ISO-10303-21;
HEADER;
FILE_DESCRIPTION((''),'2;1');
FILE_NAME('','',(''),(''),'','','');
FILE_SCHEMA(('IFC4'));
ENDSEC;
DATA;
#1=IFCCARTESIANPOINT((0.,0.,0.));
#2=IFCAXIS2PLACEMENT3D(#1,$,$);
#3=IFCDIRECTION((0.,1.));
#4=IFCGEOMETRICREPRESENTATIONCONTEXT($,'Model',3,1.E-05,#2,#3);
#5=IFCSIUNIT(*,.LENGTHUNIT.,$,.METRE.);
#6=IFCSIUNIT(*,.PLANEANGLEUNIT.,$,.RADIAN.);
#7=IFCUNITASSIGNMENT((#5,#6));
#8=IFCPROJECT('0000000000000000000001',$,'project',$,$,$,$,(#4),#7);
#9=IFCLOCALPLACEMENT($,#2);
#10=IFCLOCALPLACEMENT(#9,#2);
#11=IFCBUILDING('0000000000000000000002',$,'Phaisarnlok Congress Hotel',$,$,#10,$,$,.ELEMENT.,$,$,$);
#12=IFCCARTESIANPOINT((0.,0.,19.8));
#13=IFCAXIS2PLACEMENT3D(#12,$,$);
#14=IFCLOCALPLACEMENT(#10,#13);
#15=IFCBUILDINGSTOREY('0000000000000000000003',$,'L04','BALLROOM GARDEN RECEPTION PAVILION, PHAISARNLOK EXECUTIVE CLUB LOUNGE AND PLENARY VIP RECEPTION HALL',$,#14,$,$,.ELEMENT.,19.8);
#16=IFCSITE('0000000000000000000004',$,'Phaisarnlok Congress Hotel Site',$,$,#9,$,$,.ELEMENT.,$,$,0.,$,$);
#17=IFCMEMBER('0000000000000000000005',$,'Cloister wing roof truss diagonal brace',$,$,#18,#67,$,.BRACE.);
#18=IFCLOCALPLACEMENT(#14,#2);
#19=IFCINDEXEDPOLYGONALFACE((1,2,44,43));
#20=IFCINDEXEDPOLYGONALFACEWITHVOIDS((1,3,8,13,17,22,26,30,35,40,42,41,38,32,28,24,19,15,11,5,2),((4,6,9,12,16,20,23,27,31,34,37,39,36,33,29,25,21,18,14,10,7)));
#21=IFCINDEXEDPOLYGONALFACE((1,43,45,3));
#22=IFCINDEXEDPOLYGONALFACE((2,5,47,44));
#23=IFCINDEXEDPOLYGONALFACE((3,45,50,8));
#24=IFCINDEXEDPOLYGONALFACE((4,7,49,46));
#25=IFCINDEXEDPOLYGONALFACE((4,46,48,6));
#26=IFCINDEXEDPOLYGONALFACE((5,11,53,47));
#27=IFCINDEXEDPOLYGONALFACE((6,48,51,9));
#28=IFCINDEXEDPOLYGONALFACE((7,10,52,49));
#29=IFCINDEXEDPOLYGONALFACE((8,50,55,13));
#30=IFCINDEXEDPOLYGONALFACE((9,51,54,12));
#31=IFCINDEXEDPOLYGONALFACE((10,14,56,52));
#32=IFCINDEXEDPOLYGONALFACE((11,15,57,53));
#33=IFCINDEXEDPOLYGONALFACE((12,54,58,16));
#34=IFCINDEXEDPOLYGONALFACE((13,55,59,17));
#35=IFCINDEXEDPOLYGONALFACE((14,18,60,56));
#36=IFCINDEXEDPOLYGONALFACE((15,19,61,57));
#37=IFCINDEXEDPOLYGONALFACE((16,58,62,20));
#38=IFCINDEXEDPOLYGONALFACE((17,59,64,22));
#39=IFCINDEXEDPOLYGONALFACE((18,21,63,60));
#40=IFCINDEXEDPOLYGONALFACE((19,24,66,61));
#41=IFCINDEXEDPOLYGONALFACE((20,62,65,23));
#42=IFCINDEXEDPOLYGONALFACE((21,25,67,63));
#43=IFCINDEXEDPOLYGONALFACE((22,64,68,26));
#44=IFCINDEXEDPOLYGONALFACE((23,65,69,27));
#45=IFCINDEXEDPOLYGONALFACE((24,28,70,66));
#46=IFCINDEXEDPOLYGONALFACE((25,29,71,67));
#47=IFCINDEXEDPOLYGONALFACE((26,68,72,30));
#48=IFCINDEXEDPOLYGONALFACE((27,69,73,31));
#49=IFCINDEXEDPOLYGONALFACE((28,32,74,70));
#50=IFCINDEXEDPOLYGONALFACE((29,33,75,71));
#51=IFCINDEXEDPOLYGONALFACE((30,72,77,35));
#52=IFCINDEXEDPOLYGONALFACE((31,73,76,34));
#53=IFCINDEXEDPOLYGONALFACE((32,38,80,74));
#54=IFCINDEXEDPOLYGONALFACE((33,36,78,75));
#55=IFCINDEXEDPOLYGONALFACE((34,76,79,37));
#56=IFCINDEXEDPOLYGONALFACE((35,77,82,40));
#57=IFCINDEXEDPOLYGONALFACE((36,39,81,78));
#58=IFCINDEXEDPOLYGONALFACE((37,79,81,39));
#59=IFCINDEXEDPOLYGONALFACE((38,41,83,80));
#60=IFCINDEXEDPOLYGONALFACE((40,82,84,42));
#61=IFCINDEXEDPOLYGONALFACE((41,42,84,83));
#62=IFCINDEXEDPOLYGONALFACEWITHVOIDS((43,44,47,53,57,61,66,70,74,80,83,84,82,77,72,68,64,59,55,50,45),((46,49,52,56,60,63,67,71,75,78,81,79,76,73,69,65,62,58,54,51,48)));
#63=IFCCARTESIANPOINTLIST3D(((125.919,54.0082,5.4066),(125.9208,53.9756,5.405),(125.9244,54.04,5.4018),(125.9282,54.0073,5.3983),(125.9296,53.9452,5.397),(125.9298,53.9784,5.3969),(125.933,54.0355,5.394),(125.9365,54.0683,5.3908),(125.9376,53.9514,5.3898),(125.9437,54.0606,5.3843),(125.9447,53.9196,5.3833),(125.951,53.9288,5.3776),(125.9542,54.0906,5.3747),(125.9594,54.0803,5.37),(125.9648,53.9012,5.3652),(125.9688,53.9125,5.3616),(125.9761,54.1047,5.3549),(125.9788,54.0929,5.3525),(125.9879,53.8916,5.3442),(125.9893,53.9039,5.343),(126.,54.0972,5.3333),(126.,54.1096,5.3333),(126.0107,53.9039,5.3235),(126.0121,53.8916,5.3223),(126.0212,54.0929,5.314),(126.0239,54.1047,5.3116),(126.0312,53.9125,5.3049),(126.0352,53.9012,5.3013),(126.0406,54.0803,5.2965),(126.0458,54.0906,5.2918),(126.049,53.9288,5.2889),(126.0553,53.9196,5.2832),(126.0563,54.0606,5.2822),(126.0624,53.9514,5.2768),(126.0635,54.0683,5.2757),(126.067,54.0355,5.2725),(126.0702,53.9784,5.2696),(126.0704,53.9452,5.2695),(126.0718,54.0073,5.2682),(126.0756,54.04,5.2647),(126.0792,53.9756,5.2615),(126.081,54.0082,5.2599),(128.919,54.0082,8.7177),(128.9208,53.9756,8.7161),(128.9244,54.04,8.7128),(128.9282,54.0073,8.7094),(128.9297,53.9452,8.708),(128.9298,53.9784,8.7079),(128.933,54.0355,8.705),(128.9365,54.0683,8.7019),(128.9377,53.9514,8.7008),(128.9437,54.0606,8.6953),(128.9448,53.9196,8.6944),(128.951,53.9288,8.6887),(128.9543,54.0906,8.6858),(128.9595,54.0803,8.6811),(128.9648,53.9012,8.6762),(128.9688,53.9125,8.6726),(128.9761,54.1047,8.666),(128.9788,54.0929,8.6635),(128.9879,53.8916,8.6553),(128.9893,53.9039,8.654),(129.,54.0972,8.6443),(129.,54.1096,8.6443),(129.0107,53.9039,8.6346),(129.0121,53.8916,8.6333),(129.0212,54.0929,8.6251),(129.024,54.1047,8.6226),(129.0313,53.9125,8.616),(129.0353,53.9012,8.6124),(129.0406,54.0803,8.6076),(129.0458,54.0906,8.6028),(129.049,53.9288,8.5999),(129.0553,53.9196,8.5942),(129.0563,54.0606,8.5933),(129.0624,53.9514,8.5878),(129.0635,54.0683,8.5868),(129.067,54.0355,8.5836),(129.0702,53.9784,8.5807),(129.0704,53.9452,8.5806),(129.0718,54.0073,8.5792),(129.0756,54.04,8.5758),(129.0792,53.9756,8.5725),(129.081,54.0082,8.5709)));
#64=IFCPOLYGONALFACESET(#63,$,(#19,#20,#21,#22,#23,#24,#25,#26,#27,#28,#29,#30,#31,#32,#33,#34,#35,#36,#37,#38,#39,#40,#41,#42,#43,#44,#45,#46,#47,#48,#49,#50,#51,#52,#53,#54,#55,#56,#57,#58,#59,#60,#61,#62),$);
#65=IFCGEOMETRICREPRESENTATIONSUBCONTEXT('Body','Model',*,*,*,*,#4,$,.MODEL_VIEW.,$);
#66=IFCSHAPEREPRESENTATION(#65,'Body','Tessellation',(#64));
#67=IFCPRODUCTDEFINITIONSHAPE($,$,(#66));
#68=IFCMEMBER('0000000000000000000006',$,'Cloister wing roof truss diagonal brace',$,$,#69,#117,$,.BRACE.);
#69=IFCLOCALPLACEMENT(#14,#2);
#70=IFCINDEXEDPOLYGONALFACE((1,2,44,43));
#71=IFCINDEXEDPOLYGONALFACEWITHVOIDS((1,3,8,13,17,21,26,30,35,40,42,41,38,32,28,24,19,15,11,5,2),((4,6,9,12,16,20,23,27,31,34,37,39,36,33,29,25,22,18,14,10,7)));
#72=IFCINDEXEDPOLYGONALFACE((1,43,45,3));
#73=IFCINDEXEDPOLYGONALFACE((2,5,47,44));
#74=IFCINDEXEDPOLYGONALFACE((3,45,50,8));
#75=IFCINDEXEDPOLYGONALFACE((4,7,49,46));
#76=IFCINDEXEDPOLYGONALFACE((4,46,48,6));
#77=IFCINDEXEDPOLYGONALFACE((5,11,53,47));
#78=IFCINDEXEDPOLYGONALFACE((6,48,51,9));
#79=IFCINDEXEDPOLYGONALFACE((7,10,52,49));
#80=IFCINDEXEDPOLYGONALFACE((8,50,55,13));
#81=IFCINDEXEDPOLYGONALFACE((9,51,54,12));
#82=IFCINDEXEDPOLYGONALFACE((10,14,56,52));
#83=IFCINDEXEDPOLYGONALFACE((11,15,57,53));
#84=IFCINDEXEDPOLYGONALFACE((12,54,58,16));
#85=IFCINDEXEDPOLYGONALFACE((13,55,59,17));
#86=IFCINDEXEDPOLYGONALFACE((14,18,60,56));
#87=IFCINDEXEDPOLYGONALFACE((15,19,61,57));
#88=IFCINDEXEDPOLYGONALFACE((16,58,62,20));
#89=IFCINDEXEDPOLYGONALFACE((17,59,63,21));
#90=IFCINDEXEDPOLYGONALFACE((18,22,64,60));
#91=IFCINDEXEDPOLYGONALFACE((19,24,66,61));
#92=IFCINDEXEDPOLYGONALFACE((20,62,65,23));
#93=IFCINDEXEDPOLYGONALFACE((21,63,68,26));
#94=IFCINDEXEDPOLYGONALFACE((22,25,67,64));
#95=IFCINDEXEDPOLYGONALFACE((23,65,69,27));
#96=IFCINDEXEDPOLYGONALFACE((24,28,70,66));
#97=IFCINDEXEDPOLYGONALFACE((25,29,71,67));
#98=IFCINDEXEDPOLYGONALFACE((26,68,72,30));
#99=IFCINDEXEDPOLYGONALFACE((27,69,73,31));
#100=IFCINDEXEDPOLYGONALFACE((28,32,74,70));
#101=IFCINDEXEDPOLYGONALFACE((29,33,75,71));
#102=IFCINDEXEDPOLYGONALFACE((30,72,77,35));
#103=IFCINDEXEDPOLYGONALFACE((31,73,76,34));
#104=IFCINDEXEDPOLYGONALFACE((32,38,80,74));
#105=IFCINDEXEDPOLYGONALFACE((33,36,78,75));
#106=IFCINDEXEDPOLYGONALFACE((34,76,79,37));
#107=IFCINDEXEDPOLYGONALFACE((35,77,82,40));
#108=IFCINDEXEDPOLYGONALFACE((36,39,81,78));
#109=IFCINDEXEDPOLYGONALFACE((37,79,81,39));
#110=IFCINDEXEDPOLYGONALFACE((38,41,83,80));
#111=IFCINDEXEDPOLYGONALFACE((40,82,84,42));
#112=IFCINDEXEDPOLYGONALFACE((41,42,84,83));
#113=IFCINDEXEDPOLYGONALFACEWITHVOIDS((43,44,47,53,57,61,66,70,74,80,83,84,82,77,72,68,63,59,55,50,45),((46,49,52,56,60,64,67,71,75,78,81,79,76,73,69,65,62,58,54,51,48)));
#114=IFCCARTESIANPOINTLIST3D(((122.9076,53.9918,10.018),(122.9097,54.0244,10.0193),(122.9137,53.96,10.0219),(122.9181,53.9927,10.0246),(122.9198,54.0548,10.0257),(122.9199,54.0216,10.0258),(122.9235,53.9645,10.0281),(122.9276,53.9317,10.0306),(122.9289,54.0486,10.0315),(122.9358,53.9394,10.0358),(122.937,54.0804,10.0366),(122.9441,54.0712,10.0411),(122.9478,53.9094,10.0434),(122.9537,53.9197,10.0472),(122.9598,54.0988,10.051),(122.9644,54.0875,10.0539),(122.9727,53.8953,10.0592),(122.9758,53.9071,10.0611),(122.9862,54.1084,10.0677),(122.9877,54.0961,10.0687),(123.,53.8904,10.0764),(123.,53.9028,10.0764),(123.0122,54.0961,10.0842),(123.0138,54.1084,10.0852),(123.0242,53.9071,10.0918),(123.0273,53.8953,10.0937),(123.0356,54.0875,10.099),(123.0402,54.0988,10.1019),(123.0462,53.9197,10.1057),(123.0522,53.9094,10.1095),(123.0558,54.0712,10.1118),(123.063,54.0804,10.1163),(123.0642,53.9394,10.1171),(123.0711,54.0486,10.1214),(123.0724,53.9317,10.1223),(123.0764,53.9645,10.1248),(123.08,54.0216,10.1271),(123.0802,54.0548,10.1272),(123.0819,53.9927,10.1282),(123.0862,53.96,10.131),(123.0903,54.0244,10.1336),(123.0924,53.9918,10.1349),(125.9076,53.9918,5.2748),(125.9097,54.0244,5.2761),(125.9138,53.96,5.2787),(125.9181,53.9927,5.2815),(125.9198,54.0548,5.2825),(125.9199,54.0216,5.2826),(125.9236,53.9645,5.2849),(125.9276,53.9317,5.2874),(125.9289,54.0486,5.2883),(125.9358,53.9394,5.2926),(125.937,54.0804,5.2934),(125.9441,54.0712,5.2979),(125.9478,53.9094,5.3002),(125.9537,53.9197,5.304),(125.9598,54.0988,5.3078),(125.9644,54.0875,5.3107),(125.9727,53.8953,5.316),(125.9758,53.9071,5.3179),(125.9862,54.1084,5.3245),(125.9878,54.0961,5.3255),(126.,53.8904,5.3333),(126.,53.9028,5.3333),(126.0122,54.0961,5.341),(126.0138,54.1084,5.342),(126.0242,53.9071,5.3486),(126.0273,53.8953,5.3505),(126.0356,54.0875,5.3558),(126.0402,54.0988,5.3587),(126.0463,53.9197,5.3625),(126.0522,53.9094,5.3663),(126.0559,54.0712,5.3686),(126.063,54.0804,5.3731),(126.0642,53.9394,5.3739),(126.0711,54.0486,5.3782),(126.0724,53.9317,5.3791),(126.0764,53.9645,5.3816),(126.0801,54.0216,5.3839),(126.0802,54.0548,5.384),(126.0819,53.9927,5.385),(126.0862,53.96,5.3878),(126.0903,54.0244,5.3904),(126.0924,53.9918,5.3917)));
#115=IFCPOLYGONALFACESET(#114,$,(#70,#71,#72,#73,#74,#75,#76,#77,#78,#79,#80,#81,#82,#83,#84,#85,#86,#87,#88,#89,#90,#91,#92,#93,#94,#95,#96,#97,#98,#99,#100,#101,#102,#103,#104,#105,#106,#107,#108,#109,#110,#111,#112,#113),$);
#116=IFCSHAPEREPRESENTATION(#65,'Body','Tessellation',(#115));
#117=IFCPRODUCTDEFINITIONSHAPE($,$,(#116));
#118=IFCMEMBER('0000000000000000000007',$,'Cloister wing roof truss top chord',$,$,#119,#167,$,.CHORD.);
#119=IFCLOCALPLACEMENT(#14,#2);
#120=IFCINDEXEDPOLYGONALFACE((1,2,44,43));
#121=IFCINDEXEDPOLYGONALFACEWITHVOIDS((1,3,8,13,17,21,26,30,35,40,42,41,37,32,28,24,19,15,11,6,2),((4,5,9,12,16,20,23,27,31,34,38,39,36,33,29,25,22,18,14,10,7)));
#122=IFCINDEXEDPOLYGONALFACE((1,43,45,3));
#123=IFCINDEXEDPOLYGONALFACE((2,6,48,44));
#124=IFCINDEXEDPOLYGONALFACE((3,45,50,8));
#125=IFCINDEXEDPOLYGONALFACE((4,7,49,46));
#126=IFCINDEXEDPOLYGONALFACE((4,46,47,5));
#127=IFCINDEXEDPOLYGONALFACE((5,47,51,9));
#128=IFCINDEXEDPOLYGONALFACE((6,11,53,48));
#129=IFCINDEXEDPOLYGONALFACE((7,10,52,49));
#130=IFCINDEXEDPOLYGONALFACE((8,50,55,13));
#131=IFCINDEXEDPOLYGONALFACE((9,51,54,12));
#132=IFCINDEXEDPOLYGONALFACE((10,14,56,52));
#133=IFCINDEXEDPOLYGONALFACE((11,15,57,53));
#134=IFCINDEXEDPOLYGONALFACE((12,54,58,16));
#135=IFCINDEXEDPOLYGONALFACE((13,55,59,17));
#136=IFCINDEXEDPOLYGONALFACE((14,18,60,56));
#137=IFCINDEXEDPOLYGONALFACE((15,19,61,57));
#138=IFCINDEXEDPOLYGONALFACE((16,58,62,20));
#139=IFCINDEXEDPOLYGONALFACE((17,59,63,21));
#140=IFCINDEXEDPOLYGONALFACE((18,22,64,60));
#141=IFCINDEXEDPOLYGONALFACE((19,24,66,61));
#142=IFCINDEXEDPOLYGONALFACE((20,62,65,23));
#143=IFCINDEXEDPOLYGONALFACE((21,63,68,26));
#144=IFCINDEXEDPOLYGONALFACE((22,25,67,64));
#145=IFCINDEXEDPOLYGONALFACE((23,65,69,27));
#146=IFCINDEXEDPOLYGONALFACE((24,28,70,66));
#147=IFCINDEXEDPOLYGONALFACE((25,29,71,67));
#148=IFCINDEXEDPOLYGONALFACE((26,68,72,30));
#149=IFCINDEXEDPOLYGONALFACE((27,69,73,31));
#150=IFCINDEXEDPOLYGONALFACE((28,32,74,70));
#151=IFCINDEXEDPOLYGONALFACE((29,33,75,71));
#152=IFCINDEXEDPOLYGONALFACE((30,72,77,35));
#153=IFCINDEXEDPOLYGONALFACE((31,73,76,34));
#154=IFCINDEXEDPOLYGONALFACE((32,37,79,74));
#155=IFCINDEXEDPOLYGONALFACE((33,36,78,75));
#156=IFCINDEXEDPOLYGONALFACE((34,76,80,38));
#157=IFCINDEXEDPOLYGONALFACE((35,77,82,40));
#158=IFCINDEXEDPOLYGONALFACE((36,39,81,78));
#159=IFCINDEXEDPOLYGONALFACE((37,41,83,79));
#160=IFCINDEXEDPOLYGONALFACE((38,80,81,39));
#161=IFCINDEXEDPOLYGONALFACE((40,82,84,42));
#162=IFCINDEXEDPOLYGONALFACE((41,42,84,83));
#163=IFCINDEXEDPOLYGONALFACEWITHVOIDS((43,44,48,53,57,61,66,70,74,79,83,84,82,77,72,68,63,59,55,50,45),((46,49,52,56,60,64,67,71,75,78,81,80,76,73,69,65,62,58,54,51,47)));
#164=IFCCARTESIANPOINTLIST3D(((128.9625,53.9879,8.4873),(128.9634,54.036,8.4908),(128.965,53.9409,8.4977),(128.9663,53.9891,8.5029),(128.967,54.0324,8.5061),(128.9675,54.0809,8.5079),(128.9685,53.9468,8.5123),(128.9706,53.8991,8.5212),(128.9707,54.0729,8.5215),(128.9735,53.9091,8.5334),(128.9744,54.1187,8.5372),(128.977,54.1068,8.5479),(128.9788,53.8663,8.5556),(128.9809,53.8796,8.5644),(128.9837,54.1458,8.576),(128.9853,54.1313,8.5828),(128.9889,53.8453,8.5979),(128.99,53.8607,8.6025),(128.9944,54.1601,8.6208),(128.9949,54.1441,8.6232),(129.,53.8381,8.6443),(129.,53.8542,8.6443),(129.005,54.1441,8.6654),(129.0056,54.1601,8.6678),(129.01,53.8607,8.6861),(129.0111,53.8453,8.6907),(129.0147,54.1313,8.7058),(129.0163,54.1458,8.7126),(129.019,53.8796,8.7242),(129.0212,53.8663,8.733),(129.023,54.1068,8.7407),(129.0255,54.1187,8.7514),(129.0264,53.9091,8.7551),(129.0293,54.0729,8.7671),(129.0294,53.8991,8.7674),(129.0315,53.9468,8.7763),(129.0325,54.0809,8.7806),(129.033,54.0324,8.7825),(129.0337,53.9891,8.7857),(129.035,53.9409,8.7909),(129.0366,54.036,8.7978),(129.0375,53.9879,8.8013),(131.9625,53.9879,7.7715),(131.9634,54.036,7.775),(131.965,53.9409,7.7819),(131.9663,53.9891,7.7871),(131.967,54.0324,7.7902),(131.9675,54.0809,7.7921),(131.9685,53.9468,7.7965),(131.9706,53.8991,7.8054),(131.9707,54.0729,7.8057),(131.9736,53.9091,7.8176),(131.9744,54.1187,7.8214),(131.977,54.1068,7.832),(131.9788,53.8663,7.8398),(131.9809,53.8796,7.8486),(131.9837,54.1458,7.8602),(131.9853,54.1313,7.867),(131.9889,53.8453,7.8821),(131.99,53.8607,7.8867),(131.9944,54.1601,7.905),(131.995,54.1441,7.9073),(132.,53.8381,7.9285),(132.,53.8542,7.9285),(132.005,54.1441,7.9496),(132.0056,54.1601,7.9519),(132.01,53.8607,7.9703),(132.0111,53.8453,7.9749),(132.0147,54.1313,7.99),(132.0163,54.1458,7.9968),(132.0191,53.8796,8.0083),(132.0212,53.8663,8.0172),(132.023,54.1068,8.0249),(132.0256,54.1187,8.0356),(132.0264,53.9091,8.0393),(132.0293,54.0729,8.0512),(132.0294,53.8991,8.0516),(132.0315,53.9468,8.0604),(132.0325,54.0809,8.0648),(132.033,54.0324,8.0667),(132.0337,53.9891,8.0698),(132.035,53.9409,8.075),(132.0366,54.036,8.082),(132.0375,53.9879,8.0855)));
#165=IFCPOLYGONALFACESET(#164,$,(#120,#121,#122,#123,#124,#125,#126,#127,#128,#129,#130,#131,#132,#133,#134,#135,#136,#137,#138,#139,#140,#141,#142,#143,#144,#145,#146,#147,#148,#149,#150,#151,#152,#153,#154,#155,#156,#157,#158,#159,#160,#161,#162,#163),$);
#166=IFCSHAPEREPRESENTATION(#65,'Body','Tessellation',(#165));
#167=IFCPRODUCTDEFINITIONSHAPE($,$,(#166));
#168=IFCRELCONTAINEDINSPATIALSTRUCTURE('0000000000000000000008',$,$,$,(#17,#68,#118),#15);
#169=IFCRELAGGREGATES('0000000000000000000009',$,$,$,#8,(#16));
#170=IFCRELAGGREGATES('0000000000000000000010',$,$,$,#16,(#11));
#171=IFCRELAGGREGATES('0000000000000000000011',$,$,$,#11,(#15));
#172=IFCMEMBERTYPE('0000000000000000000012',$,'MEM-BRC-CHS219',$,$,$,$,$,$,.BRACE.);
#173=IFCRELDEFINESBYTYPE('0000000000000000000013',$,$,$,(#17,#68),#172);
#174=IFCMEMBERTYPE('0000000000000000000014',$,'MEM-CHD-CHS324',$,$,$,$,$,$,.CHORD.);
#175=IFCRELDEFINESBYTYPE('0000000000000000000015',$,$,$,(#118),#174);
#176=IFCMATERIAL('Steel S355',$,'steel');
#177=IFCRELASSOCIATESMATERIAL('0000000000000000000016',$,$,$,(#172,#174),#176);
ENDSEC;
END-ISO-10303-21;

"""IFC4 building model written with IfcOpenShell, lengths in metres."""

from ifc_helpers import new_model, si_unit, direction, frame, origin, origin_2d, place, context, subcontext, project, spatial, hollow_circle, extrude, material, material_profile, profile_set, type_object, element, save


model = new_model("IFC4")

# Units and contexts
model_context = context("Model", 3, precision=1e-05, world=origin(), true_north=direction((0.0, 1.0)))
body_context = subcontext(model_context, "Body", "Model", "MODEL_VIEW")
ifc_project = project(units=[si_unit("LENGTHUNIT", "METRE"), si_unit("PLANEANGLEUNIT", "RADIAN")], contexts=[model_context])

# Site, building, storey
site_placement = place(None, origin())
site = spatial("IfcSite", under=ifc_project, at=site_placement, Name="Phaisarnlok Congress Hotel Site", CompositionType="ELEMENT", RefElevation=0.0)
building_placement = place(site_placement, origin())
building = spatial("IfcBuilding", under=site, at=building_placement, Name="Phaisarnlok Congress Hotel", CompositionType="ELEMENT")
storey_placement = place(building_placement, frame((0.0, 0.0, 19.8)))
storey = spatial("IfcBuildingStorey", under=building, at=storey_placement, Name="L04", Description="BALLROOM GARDEN RECEPTION PAVILION, PHAISARNLOK EXECUTIVE CLUB LOUNGE AND PLENARY VIP RECEPTION HALL", CompositionType="ELEMENT", Elevation=19.8)

# Shared definitions
ifc_material_1 = material(Name="Steel S355", Category="steel")

# Members
ifc_material_profile_1 = material_profile(ifc_material_1, hollow_circle(Radius=0.1096, WallThickness=0.0125, at=origin_2d()), Name="CHS 219.1x12.5")
ifc_profile_set_1 = profile_set([ifc_material_profile_1], Name="Steel S355")
member_type_1 = type_object("IfcMemberType", Name="MEM-BRC-CHS219", PredefinedType="BRACE", material=ifc_profile_set_1)
member_1_placement = place(storey_placement, frame((126.0, 54.0, 5.3333), z_axis=(0.671443, 0.0, 0.741057), x_axis=(0.0, 1.0, 0.0)))
element("IfcMember", 1, at=member_1_placement, inside=storey, type_object=member_type_1, Name="Cloister wing roof truss diagonal brace", PredefinedType="BRACE", context=body_context, shape_type="SweptSolid", body=[
    extrude(hollow_circle(Radius=0.1096, WallThickness=0.0125, at=origin_2d()), origin(), (0.0, 0.0, 1.0), 4.468),
])
member_2_placement = place(storey_placement, frame((126.0, 54.0, 5.3333), z_axis=(-0.534543, 0.0, 0.845141), x_axis=(0.0, -1.0, 0.0)))
element("IfcMember", 2, at=member_2_placement, inside=storey, type_object=member_type_1, Name="Cloister wing roof truss diagonal brace", PredefinedType="BRACE", context=body_context, shape_type="SweptSolid", body=[
    extrude(hollow_circle(Radius=0.1096, WallThickness=0.0125, at=origin_2d()), origin(), (0.0, 0.0, 1.0), 5.6123),
])
ifc_material_profile_2 = material_profile(ifc_material_1, hollow_circle(Radius=0.1619, WallThickness=0.0161, at=origin_2d()), Name="CHS 323.9x16")
ifc_profile_set_2 = profile_set([ifc_material_profile_2], Name="Steel S355")
member_type_2 = type_object("IfcMemberType", Name="MEM-CHD-CHS324", PredefinedType="CHORD", material=ifc_profile_set_2)
for number, where, z_axis, x_axis, name in (
    (3, (132.0, 54.0, 7.9285), (-0.972694, 0.0, 0.232091), (0.0, -1.0, 0.0), "Cloister wing roof truss top chord"),
):
    element("IfcMember", number, at=place(storey_placement, frame(where, z_axis=z_axis, x_axis=x_axis)), inside=storey, type_object=member_type_2, Name=name, PredefinedType="CHORD", context=body_context, shape_type="SweptSolid", body=[
        extrude(hollow_circle(Radius=0.1619, WallThickness=0.0161, at=origin_2d()), origin(), (0.0, 0.0, 1.0), 3.0842),
    ])

save(model, "model.ifc")
